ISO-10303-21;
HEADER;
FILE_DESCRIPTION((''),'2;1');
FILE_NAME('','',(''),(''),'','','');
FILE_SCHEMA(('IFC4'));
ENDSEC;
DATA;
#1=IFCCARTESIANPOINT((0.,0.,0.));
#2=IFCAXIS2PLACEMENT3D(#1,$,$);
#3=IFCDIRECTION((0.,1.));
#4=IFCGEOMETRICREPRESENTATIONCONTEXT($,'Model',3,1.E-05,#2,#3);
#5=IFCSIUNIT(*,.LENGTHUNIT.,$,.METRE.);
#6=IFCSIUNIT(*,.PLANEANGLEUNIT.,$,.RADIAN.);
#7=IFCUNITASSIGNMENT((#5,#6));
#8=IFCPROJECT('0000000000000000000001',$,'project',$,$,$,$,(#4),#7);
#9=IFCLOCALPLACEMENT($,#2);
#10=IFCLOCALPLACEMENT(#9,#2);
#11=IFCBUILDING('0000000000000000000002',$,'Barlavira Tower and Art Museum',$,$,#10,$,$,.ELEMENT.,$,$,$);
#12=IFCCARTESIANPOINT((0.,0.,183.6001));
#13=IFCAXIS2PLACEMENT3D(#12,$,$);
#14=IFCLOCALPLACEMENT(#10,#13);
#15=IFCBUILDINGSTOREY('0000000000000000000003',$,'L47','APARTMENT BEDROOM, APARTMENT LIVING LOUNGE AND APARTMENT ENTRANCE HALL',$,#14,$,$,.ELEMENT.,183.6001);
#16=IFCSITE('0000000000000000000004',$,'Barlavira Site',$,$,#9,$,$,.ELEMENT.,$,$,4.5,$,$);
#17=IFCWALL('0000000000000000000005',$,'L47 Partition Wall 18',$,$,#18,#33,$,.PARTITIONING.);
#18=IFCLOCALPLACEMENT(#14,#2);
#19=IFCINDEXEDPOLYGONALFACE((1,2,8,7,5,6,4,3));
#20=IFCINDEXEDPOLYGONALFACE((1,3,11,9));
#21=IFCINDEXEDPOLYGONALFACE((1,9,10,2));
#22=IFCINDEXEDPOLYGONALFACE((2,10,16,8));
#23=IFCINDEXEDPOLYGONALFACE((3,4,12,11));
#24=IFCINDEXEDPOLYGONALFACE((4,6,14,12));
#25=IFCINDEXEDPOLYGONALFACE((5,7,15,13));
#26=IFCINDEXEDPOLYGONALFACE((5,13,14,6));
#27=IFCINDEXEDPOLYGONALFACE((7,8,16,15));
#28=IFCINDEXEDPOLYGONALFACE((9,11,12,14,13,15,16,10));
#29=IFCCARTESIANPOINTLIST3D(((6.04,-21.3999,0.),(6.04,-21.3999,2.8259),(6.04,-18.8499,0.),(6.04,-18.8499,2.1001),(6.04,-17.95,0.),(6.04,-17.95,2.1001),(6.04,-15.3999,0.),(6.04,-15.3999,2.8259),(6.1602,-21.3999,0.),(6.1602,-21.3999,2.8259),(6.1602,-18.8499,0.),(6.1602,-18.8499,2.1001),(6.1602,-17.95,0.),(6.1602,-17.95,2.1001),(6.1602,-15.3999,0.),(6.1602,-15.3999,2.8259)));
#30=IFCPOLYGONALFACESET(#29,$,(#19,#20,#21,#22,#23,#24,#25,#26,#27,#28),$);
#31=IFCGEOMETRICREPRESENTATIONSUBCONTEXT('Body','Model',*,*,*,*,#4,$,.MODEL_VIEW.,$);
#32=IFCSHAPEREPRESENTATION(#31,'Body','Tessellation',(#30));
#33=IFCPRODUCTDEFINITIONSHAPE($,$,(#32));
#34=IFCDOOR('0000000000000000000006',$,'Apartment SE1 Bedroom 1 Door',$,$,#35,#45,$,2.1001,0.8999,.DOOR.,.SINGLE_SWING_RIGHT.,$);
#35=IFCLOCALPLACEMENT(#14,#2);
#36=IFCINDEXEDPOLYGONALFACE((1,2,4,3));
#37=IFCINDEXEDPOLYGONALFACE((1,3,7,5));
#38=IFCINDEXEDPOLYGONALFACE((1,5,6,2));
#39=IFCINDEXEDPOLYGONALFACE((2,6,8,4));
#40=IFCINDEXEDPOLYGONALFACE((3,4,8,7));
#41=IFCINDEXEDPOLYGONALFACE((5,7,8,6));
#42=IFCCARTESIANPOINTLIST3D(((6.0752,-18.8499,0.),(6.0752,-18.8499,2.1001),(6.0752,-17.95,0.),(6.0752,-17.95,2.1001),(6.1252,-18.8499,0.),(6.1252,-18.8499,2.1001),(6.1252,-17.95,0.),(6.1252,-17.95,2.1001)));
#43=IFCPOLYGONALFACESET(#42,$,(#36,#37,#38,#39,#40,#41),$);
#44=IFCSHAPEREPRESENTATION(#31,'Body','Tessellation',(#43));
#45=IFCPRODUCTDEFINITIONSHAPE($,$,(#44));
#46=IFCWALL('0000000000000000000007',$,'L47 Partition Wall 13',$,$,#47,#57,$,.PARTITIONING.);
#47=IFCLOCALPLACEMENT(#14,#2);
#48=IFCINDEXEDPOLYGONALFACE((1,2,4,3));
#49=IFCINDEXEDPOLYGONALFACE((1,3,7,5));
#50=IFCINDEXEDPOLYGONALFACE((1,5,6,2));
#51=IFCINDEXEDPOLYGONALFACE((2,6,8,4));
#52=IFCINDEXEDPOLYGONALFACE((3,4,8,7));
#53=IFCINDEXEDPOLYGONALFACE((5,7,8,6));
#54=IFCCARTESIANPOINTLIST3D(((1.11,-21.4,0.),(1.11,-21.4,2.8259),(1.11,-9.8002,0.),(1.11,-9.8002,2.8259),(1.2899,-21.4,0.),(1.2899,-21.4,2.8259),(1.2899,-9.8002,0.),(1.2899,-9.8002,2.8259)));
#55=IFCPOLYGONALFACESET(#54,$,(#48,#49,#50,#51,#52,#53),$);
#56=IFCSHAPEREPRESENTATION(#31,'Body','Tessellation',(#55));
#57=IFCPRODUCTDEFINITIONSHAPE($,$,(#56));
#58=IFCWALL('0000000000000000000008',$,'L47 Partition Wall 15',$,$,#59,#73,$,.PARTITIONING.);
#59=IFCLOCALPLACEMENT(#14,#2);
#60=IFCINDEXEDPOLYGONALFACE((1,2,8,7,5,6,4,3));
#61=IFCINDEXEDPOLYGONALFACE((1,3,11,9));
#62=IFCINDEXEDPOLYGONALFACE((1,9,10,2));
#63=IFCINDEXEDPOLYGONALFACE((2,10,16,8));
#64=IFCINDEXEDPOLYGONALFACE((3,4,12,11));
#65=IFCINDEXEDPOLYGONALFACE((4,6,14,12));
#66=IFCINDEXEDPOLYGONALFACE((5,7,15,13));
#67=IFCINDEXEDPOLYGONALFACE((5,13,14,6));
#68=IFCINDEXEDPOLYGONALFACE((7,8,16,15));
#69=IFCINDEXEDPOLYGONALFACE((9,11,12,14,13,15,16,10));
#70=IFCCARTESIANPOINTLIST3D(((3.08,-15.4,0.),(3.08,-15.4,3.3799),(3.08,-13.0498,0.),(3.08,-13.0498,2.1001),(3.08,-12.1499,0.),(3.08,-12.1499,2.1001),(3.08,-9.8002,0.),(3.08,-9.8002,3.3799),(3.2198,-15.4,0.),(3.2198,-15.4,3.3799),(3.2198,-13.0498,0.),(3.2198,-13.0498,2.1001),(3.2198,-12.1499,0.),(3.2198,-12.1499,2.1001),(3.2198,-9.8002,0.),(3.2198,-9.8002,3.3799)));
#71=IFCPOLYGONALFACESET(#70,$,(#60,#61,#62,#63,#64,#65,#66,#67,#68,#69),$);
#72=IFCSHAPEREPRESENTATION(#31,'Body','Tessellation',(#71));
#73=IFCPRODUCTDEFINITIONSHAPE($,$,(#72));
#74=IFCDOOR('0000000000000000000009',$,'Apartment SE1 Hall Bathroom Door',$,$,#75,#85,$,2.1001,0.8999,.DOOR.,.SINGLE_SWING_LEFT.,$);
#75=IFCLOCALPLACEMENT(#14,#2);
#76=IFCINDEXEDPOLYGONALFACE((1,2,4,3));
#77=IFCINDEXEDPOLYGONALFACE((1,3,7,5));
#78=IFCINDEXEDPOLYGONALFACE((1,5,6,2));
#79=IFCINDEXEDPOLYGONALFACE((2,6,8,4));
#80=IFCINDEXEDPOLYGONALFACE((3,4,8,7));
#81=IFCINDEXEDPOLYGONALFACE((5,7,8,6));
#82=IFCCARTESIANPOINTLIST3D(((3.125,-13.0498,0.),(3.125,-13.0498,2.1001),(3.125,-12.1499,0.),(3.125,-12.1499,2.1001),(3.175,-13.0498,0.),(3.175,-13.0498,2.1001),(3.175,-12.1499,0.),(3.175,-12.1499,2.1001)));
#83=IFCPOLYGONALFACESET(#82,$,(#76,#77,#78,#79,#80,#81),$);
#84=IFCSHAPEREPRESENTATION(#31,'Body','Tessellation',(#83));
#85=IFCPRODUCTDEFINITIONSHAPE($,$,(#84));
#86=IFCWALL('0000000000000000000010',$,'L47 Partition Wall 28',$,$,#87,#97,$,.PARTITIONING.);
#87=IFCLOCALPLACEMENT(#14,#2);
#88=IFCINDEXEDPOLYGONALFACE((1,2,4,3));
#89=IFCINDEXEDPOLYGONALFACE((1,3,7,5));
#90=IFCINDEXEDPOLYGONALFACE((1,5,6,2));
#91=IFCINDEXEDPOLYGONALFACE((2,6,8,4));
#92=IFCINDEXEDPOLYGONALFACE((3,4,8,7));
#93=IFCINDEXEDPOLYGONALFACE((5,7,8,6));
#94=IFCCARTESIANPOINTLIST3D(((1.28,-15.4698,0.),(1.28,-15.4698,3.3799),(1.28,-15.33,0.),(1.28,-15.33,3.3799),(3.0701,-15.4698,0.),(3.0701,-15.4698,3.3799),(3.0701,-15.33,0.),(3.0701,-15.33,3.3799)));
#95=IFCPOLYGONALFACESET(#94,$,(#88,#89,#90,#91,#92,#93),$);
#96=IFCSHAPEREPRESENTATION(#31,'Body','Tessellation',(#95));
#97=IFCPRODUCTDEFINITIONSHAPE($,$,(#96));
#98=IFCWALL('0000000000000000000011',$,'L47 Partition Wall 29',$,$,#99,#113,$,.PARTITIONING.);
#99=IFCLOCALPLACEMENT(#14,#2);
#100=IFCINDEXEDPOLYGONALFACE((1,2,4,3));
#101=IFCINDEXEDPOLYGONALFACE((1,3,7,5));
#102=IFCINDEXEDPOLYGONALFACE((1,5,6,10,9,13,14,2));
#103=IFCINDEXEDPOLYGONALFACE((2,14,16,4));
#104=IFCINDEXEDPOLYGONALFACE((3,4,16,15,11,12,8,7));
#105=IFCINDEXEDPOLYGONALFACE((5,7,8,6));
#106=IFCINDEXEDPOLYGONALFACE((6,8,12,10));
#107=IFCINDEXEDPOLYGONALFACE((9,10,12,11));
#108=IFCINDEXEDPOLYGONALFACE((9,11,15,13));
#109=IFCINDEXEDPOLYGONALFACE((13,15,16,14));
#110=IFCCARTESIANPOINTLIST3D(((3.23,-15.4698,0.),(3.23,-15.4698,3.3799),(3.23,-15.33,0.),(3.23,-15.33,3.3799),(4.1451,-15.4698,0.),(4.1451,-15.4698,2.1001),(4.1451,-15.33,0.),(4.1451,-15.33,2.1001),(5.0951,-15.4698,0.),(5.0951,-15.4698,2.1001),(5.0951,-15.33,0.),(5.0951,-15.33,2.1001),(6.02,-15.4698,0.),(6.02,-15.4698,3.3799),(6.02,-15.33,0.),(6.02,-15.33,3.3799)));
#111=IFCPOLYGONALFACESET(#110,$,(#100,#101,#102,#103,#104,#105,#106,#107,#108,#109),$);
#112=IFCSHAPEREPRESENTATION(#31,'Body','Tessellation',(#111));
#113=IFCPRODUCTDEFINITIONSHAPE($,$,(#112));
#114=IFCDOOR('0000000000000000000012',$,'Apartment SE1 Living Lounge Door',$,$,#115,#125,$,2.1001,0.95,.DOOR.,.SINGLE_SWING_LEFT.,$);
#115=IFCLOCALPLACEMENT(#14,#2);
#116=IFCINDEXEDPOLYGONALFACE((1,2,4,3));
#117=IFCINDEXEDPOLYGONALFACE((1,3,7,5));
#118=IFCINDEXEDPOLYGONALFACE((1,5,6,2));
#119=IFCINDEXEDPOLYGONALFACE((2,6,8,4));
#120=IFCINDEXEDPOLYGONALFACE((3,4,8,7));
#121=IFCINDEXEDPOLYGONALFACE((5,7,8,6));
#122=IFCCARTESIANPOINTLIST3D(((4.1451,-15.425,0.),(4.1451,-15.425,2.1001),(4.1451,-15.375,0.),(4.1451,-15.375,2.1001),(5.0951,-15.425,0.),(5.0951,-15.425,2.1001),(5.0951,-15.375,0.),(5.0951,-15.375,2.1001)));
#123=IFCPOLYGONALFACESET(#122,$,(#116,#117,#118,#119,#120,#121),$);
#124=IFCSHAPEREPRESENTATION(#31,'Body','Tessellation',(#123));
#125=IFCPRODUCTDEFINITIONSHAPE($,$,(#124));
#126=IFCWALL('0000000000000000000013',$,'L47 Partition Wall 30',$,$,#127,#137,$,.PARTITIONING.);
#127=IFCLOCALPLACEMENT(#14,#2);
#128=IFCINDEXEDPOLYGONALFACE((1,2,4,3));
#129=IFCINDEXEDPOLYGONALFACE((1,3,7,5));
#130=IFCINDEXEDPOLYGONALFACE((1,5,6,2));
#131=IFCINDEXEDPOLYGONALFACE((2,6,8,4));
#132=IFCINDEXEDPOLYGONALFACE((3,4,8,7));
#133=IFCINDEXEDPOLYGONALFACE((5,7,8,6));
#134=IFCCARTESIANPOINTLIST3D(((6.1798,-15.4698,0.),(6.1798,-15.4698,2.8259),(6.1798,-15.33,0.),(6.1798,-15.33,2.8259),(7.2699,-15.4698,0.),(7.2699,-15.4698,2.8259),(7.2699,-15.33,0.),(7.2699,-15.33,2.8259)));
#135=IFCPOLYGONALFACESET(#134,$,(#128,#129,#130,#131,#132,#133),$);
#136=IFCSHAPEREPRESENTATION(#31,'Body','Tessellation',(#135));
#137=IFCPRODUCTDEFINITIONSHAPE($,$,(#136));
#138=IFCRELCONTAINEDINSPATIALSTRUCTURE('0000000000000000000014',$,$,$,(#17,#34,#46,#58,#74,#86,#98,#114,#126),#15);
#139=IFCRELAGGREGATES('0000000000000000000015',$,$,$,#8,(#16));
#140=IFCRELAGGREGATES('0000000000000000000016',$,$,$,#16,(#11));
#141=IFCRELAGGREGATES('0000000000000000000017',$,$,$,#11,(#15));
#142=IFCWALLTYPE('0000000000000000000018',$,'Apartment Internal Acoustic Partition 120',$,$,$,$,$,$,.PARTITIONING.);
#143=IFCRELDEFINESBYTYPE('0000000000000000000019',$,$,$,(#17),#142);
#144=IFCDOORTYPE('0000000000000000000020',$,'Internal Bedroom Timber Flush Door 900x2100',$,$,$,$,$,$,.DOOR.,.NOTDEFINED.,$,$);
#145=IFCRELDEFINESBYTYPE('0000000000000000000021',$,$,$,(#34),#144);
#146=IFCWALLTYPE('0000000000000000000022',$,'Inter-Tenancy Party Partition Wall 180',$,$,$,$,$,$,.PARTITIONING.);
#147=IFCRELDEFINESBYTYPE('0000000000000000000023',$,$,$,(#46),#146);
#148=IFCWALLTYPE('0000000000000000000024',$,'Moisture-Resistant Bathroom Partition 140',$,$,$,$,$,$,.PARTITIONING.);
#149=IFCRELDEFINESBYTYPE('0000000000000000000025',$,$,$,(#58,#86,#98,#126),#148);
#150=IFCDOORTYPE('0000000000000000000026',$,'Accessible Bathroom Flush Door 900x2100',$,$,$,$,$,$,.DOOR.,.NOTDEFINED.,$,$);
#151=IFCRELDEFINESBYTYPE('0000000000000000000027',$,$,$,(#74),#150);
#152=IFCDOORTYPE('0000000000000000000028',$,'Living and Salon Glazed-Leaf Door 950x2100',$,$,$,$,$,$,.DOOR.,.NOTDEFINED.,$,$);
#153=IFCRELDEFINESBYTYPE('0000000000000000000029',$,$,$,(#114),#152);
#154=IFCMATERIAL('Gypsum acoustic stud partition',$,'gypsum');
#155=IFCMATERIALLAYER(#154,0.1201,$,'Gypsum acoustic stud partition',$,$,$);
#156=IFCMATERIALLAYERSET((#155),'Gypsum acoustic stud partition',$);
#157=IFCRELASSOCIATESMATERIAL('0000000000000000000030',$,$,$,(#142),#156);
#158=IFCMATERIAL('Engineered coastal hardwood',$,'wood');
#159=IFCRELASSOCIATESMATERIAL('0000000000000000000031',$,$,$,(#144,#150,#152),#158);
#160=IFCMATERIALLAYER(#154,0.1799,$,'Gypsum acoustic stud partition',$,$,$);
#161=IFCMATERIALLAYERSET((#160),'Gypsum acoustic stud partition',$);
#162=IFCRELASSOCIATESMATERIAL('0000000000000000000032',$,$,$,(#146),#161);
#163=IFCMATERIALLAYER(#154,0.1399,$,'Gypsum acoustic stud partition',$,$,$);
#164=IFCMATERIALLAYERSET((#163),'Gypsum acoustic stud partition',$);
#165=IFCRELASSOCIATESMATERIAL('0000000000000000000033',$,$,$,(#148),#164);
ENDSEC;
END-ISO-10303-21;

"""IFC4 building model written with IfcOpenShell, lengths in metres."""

from ifc_helpers import new_model, si_unit, direction, frame, frame_2d, origin, place, context, subcontext, project, spatial, rectangle, extrude, material, layer, layer_set, type_object, element, fill, save


model = new_model("IFC4")

# Units and contexts
model_context = context("Model", 3, precision=1e-05, world=origin(), true_north=direction((0.0, 1.0)))
body_context = subcontext(model_context, "Body", "Model", "MODEL_VIEW")
ifc_project = project(units=[si_unit("LENGTHUNIT", "METRE"), si_unit("PLANEANGLEUNIT", "RADIAN")], contexts=[model_context])

# Site, building, storey
site_placement = place(None, origin())
site = spatial("IfcSite", under=ifc_project, at=site_placement, Name="Barlavira Site", CompositionType="ELEMENT", RefElevation=4.5)
building_placement = place(site_placement, origin())
building = spatial("IfcBuilding", under=site, at=building_placement, Name="Barlavira Tower and Art Museum", CompositionType="ELEMENT")
storey_placement = place(building_placement, frame((0.0, 0.0, 183.6001)))
storey = spatial("IfcBuildingStorey", under=building, at=storey_placement, Name="L47", Description="APARTMENT BEDROOM, APARTMENT LIVING LOUNGE AND APARTMENT ENTRANCE HALL", CompositionType="ELEMENT", Elevation=183.6001)

# Wall, opening, door
ifc_material_1 = material(Name="Gypsum acoustic stud partition", Category="gypsum")
ifc_layer_1 = layer(ifc_material_1, 0.1201, Name="Gypsum acoustic stud partition")
ifc_layer_set_1 = layer_set([ifc_layer_1], Name="Gypsum acoustic stud partition")
wall_type_1 = type_object("IfcWallType", Name="Apartment Internal Acoustic Partition 120", PredefinedType="PARTITIONING", material=ifc_layer_set_1)
wall_1_placement = place(storey_placement, frame((6.1001, -21.3999, 0.0), z_axis=(0.0, 0.0, 1.0), x_axis=(0.0, 1.0, 0.0)))
wall_1 = element("IfcWall", 1, at=wall_1_placement, inside=storey, type_object=wall_type_1, Name="L47 Partition Wall 18", PredefinedType="PARTITIONING", context=body_context, shape_type="SweptSolid", body=[
    extrude(rectangle(XDim=6.0, YDim=0.1201, at=frame_2d((3.0, 0.0))), origin(), (0.0, 0.0, 1.0), 2.8259),
])
opening_1_placement = place(wall_1_placement, frame((2.55, 0.0, 0.0)))
opening_1 = element("IfcOpeningElement", 2, at=opening_1_placement, cuts=wall_1, PredefinedType="OPENING", context=body_context, shape_type="SweptSolid", body=[
    extrude(rectangle(XDim=0.8999, YDim=2.1001, at=frame_2d((0.45, 1.05))), frame((0.0, 0.0701, 0.0), z_axis=(0.0, -1.0, 0.0), x_axis=(1.0, 0.0, 0.0)), (0.0, 0.0, 1.0), 0.1401),
])
ifc_material_2 = material(Name="Engineered coastal hardwood", Category="wood")
door_type_1 = type_object("IfcDoorType", Name="Internal Bedroom Timber Flush Door 900x2100", OperationType="NOTDEFINED", PredefinedType="DOOR", material=ifc_material_2)
door_1_placement = place(opening_1_placement, origin())
door_1 = element("IfcDoor", 3, at=door_1_placement, inside=storey, type_object=door_type_1, Name="Apartment SE1 Bedroom 1 Door", OperationType="SINGLE_SWING_RIGHT", OverallHeight=2.1001, OverallWidth=0.8999, PredefinedType="DOOR", context=body_context, shape_type="SweptSolid", body=[
    extrude(rectangle(XDim=0.8999, YDim=2.1001, at=frame_2d((0.45, 1.05))), frame((0.0, 0.0249, 0.0), z_axis=(0.0, -1.0, 0.0), x_axis=(1.0, 0.0, 0.0)), (0.0, 0.0, 1.0), 0.05),
])
fill(opening_1, door_1)

# Wall
ifc_layer_2 = layer(ifc_material_1, 0.1799, Name="Gypsum acoustic stud partition")
ifc_layer_set_2 = layer_set([ifc_layer_2], Name="Gypsum acoustic stud partition")
wall_type_2 = type_object("IfcWallType", Name="Inter-Tenancy Party Partition Wall 180", PredefinedType="PARTITIONING", material=ifc_layer_set_2)
wall_2_placement = place(storey_placement, frame((1.2, -21.3999, 0.0), z_axis=(0.0, 0.0, 1.0), x_axis=(0.0, 1.0, 0.0)))
element("IfcWall", 4, at=wall_2_placement, inside=storey, type_object=wall_type_2, Name="L47 Partition Wall 13", PredefinedType="PARTITIONING", context=body_context, shape_type="SweptSolid", body=[
    extrude(rectangle(XDim=11.5999, YDim=0.1799, at=frame_2d((5.7998, 0.0))), origin(), (0.0, 0.0, 1.0), 2.8259),
])

# Wall, opening, door
ifc_layer_3 = layer(ifc_material_1, 0.1399, Name="Gypsum acoustic stud partition")
ifc_layer_set_3 = layer_set([ifc_layer_3], Name="Gypsum acoustic stud partition")
wall_type_3 = type_object("IfcWallType", Name="Moisture-Resistant Bathroom Partition 140", PredefinedType="PARTITIONING", material=ifc_layer_set_3)
wall_3_placement = place(storey_placement, frame((3.1499, -15.3999, 0.0), z_axis=(0.0, 0.0, 1.0), x_axis=(0.0, 1.0, 0.0)))
wall_3 = element("IfcWall", 5, at=wall_3_placement, inside=storey, type_object=wall_type_3, Name="L47 Partition Wall 15", PredefinedType="PARTITIONING", context=body_context, shape_type="SweptSolid", body=[
    extrude(rectangle(XDim=5.5999, YDim=0.1399, at=frame_2d((2.7998, 0.0))), origin(), (0.0, 0.0, 1.0), 3.3799),
])
opening_2_placement = place(wall_3_placement, frame((2.3501, 0.0, 0.0)))
opening_2 = element("IfcOpeningElement", 6, at=opening_2_placement, cuts=wall_3, PredefinedType="OPENING", context=body_context, shape_type="SweptSolid", body=[
    extrude(rectangle(XDim=0.8999, YDim=2.1001, at=frame_2d((0.45, 1.05))), frame((0.0, 0.0801, 0.0), z_axis=(0.0, -1.0, 0.0), x_axis=(1.0, 0.0, 0.0)), (0.0, 0.0, 1.0), 0.1599),
])
door_type_2 = type_object("IfcDoorType", Name="Accessible Bathroom Flush Door 900x2100", OperationType="NOTDEFINED", PredefinedType="DOOR", material=ifc_material_2)
door_2_placement = place(opening_2_placement, origin())
door_2 = element("IfcDoor", 7, at=door_2_placement, inside=storey, type_object=door_type_2, Name="Apartment SE1 Hall Bathroom Door", OperationType="SINGLE_SWING_LEFT", OverallHeight=2.1001, OverallWidth=0.8999, PredefinedType="DOOR", context=body_context, shape_type="SweptSolid", body=[
    extrude(rectangle(XDim=0.8999, YDim=2.1001, at=frame_2d((0.45, 1.05))), frame((0.0, 0.0249, 0.0), z_axis=(0.0, -1.0, 0.0), x_axis=(1.0, 0.0, 0.0)), (0.0, 0.0, 1.0), 0.05),
])
fill(opening_2, door_2)

# Wall
wall_4_placement = place(storey_placement, frame((1.28, -15.3999, 0.0), z_axis=(0.0, 0.0, 1.0), x_axis=(1.0, 0.0, 0.0)))
element("IfcWall", 8, at=wall_4_placement, inside=storey, type_object=wall_type_3, Name="L47 Partition Wall 28", PredefinedType="PARTITIONING", context=body_context, shape_type="SweptSolid", body=[
    extrude(rectangle(XDim=1.79, YDim=0.1399, at=frame_2d((0.895, 0.0))), origin(), (0.0, 0.0, 1.0), 3.3799),
])

# Wall, opening, door
wall_5_placement = place(storey_placement, frame((3.23, -15.3999, 0.0), z_axis=(0.0, 0.0, 1.0), x_axis=(1.0, 0.0, 0.0)))
wall_5 = element("IfcWall", 9, at=wall_5_placement, inside=storey, type_object=wall_type_3, Name="L47 Partition Wall 29", PredefinedType="PARTITIONING", context=body_context, shape_type="SweptSolid", body=[
    extrude(rectangle(XDim=2.79, YDim=0.1399, at=frame_2d((1.395, 0.0))), origin(), (0.0, 0.0, 1.0), 3.3799),
])
opening_3_placement = place(wall_5_placement, frame((0.915, 0.0, 0.0)))
opening_3 = element("IfcOpeningElement", 10, at=opening_3_placement, cuts=wall_5, PredefinedType="OPENING", context=body_context, shape_type="SweptSolid", body=[
    extrude(rectangle(XDim=0.95, YDim=2.1001, at=frame_2d((0.4751, 1.05))), frame((0.0, 0.0801, 0.0), z_axis=(0.0, -1.0, 0.0), x_axis=(1.0, 0.0, 0.0)), (0.0, 0.0, 1.0), 0.1599),
])
door_type_3 = type_object("IfcDoorType", Name="Living and Salon Glazed-Leaf Door 950x2100", OperationType="NOTDEFINED", PredefinedType="DOOR", material=ifc_material_2)
door_3_placement = place(opening_3_placement, origin())
door_3 = element("IfcDoor", 11, at=door_3_placement, inside=storey, type_object=door_type_3, Name="Apartment SE1 Living Lounge Door", OperationType="SINGLE_SWING_LEFT", OverallHeight=2.1001, OverallWidth=0.95, PredefinedType="DOOR", context=body_context, shape_type="SweptSolid", body=[
    extrude(rectangle(XDim=0.95, YDim=2.1001, at=frame_2d((0.4751, 1.05))), frame((0.0, 0.0249, 0.0), z_axis=(0.0, -1.0, 0.0), x_axis=(1.0, 0.0, 0.0)), (0.0, 0.0, 1.0), 0.05),
])
fill(opening_3, door_3)

# Wall
wall_6_placement = place(storey_placement, frame((6.1799, -15.3999, 0.0), z_axis=(0.0, 0.0, 1.0), x_axis=(1.0, 0.0, 0.0)))
element("IfcWall", 12, at=wall_6_placement, inside=storey, type_object=wall_type_3, Name="L47 Partition Wall 30", PredefinedType="PARTITIONING", context=body_context, shape_type="SweptSolid", body=[
    extrude(rectangle(XDim=1.0901, YDim=0.1399, at=frame_2d((0.5449, 0.0))), origin(), (0.0, 0.0, 1.0), 2.8259),
])

save(model, "model.ifc")
